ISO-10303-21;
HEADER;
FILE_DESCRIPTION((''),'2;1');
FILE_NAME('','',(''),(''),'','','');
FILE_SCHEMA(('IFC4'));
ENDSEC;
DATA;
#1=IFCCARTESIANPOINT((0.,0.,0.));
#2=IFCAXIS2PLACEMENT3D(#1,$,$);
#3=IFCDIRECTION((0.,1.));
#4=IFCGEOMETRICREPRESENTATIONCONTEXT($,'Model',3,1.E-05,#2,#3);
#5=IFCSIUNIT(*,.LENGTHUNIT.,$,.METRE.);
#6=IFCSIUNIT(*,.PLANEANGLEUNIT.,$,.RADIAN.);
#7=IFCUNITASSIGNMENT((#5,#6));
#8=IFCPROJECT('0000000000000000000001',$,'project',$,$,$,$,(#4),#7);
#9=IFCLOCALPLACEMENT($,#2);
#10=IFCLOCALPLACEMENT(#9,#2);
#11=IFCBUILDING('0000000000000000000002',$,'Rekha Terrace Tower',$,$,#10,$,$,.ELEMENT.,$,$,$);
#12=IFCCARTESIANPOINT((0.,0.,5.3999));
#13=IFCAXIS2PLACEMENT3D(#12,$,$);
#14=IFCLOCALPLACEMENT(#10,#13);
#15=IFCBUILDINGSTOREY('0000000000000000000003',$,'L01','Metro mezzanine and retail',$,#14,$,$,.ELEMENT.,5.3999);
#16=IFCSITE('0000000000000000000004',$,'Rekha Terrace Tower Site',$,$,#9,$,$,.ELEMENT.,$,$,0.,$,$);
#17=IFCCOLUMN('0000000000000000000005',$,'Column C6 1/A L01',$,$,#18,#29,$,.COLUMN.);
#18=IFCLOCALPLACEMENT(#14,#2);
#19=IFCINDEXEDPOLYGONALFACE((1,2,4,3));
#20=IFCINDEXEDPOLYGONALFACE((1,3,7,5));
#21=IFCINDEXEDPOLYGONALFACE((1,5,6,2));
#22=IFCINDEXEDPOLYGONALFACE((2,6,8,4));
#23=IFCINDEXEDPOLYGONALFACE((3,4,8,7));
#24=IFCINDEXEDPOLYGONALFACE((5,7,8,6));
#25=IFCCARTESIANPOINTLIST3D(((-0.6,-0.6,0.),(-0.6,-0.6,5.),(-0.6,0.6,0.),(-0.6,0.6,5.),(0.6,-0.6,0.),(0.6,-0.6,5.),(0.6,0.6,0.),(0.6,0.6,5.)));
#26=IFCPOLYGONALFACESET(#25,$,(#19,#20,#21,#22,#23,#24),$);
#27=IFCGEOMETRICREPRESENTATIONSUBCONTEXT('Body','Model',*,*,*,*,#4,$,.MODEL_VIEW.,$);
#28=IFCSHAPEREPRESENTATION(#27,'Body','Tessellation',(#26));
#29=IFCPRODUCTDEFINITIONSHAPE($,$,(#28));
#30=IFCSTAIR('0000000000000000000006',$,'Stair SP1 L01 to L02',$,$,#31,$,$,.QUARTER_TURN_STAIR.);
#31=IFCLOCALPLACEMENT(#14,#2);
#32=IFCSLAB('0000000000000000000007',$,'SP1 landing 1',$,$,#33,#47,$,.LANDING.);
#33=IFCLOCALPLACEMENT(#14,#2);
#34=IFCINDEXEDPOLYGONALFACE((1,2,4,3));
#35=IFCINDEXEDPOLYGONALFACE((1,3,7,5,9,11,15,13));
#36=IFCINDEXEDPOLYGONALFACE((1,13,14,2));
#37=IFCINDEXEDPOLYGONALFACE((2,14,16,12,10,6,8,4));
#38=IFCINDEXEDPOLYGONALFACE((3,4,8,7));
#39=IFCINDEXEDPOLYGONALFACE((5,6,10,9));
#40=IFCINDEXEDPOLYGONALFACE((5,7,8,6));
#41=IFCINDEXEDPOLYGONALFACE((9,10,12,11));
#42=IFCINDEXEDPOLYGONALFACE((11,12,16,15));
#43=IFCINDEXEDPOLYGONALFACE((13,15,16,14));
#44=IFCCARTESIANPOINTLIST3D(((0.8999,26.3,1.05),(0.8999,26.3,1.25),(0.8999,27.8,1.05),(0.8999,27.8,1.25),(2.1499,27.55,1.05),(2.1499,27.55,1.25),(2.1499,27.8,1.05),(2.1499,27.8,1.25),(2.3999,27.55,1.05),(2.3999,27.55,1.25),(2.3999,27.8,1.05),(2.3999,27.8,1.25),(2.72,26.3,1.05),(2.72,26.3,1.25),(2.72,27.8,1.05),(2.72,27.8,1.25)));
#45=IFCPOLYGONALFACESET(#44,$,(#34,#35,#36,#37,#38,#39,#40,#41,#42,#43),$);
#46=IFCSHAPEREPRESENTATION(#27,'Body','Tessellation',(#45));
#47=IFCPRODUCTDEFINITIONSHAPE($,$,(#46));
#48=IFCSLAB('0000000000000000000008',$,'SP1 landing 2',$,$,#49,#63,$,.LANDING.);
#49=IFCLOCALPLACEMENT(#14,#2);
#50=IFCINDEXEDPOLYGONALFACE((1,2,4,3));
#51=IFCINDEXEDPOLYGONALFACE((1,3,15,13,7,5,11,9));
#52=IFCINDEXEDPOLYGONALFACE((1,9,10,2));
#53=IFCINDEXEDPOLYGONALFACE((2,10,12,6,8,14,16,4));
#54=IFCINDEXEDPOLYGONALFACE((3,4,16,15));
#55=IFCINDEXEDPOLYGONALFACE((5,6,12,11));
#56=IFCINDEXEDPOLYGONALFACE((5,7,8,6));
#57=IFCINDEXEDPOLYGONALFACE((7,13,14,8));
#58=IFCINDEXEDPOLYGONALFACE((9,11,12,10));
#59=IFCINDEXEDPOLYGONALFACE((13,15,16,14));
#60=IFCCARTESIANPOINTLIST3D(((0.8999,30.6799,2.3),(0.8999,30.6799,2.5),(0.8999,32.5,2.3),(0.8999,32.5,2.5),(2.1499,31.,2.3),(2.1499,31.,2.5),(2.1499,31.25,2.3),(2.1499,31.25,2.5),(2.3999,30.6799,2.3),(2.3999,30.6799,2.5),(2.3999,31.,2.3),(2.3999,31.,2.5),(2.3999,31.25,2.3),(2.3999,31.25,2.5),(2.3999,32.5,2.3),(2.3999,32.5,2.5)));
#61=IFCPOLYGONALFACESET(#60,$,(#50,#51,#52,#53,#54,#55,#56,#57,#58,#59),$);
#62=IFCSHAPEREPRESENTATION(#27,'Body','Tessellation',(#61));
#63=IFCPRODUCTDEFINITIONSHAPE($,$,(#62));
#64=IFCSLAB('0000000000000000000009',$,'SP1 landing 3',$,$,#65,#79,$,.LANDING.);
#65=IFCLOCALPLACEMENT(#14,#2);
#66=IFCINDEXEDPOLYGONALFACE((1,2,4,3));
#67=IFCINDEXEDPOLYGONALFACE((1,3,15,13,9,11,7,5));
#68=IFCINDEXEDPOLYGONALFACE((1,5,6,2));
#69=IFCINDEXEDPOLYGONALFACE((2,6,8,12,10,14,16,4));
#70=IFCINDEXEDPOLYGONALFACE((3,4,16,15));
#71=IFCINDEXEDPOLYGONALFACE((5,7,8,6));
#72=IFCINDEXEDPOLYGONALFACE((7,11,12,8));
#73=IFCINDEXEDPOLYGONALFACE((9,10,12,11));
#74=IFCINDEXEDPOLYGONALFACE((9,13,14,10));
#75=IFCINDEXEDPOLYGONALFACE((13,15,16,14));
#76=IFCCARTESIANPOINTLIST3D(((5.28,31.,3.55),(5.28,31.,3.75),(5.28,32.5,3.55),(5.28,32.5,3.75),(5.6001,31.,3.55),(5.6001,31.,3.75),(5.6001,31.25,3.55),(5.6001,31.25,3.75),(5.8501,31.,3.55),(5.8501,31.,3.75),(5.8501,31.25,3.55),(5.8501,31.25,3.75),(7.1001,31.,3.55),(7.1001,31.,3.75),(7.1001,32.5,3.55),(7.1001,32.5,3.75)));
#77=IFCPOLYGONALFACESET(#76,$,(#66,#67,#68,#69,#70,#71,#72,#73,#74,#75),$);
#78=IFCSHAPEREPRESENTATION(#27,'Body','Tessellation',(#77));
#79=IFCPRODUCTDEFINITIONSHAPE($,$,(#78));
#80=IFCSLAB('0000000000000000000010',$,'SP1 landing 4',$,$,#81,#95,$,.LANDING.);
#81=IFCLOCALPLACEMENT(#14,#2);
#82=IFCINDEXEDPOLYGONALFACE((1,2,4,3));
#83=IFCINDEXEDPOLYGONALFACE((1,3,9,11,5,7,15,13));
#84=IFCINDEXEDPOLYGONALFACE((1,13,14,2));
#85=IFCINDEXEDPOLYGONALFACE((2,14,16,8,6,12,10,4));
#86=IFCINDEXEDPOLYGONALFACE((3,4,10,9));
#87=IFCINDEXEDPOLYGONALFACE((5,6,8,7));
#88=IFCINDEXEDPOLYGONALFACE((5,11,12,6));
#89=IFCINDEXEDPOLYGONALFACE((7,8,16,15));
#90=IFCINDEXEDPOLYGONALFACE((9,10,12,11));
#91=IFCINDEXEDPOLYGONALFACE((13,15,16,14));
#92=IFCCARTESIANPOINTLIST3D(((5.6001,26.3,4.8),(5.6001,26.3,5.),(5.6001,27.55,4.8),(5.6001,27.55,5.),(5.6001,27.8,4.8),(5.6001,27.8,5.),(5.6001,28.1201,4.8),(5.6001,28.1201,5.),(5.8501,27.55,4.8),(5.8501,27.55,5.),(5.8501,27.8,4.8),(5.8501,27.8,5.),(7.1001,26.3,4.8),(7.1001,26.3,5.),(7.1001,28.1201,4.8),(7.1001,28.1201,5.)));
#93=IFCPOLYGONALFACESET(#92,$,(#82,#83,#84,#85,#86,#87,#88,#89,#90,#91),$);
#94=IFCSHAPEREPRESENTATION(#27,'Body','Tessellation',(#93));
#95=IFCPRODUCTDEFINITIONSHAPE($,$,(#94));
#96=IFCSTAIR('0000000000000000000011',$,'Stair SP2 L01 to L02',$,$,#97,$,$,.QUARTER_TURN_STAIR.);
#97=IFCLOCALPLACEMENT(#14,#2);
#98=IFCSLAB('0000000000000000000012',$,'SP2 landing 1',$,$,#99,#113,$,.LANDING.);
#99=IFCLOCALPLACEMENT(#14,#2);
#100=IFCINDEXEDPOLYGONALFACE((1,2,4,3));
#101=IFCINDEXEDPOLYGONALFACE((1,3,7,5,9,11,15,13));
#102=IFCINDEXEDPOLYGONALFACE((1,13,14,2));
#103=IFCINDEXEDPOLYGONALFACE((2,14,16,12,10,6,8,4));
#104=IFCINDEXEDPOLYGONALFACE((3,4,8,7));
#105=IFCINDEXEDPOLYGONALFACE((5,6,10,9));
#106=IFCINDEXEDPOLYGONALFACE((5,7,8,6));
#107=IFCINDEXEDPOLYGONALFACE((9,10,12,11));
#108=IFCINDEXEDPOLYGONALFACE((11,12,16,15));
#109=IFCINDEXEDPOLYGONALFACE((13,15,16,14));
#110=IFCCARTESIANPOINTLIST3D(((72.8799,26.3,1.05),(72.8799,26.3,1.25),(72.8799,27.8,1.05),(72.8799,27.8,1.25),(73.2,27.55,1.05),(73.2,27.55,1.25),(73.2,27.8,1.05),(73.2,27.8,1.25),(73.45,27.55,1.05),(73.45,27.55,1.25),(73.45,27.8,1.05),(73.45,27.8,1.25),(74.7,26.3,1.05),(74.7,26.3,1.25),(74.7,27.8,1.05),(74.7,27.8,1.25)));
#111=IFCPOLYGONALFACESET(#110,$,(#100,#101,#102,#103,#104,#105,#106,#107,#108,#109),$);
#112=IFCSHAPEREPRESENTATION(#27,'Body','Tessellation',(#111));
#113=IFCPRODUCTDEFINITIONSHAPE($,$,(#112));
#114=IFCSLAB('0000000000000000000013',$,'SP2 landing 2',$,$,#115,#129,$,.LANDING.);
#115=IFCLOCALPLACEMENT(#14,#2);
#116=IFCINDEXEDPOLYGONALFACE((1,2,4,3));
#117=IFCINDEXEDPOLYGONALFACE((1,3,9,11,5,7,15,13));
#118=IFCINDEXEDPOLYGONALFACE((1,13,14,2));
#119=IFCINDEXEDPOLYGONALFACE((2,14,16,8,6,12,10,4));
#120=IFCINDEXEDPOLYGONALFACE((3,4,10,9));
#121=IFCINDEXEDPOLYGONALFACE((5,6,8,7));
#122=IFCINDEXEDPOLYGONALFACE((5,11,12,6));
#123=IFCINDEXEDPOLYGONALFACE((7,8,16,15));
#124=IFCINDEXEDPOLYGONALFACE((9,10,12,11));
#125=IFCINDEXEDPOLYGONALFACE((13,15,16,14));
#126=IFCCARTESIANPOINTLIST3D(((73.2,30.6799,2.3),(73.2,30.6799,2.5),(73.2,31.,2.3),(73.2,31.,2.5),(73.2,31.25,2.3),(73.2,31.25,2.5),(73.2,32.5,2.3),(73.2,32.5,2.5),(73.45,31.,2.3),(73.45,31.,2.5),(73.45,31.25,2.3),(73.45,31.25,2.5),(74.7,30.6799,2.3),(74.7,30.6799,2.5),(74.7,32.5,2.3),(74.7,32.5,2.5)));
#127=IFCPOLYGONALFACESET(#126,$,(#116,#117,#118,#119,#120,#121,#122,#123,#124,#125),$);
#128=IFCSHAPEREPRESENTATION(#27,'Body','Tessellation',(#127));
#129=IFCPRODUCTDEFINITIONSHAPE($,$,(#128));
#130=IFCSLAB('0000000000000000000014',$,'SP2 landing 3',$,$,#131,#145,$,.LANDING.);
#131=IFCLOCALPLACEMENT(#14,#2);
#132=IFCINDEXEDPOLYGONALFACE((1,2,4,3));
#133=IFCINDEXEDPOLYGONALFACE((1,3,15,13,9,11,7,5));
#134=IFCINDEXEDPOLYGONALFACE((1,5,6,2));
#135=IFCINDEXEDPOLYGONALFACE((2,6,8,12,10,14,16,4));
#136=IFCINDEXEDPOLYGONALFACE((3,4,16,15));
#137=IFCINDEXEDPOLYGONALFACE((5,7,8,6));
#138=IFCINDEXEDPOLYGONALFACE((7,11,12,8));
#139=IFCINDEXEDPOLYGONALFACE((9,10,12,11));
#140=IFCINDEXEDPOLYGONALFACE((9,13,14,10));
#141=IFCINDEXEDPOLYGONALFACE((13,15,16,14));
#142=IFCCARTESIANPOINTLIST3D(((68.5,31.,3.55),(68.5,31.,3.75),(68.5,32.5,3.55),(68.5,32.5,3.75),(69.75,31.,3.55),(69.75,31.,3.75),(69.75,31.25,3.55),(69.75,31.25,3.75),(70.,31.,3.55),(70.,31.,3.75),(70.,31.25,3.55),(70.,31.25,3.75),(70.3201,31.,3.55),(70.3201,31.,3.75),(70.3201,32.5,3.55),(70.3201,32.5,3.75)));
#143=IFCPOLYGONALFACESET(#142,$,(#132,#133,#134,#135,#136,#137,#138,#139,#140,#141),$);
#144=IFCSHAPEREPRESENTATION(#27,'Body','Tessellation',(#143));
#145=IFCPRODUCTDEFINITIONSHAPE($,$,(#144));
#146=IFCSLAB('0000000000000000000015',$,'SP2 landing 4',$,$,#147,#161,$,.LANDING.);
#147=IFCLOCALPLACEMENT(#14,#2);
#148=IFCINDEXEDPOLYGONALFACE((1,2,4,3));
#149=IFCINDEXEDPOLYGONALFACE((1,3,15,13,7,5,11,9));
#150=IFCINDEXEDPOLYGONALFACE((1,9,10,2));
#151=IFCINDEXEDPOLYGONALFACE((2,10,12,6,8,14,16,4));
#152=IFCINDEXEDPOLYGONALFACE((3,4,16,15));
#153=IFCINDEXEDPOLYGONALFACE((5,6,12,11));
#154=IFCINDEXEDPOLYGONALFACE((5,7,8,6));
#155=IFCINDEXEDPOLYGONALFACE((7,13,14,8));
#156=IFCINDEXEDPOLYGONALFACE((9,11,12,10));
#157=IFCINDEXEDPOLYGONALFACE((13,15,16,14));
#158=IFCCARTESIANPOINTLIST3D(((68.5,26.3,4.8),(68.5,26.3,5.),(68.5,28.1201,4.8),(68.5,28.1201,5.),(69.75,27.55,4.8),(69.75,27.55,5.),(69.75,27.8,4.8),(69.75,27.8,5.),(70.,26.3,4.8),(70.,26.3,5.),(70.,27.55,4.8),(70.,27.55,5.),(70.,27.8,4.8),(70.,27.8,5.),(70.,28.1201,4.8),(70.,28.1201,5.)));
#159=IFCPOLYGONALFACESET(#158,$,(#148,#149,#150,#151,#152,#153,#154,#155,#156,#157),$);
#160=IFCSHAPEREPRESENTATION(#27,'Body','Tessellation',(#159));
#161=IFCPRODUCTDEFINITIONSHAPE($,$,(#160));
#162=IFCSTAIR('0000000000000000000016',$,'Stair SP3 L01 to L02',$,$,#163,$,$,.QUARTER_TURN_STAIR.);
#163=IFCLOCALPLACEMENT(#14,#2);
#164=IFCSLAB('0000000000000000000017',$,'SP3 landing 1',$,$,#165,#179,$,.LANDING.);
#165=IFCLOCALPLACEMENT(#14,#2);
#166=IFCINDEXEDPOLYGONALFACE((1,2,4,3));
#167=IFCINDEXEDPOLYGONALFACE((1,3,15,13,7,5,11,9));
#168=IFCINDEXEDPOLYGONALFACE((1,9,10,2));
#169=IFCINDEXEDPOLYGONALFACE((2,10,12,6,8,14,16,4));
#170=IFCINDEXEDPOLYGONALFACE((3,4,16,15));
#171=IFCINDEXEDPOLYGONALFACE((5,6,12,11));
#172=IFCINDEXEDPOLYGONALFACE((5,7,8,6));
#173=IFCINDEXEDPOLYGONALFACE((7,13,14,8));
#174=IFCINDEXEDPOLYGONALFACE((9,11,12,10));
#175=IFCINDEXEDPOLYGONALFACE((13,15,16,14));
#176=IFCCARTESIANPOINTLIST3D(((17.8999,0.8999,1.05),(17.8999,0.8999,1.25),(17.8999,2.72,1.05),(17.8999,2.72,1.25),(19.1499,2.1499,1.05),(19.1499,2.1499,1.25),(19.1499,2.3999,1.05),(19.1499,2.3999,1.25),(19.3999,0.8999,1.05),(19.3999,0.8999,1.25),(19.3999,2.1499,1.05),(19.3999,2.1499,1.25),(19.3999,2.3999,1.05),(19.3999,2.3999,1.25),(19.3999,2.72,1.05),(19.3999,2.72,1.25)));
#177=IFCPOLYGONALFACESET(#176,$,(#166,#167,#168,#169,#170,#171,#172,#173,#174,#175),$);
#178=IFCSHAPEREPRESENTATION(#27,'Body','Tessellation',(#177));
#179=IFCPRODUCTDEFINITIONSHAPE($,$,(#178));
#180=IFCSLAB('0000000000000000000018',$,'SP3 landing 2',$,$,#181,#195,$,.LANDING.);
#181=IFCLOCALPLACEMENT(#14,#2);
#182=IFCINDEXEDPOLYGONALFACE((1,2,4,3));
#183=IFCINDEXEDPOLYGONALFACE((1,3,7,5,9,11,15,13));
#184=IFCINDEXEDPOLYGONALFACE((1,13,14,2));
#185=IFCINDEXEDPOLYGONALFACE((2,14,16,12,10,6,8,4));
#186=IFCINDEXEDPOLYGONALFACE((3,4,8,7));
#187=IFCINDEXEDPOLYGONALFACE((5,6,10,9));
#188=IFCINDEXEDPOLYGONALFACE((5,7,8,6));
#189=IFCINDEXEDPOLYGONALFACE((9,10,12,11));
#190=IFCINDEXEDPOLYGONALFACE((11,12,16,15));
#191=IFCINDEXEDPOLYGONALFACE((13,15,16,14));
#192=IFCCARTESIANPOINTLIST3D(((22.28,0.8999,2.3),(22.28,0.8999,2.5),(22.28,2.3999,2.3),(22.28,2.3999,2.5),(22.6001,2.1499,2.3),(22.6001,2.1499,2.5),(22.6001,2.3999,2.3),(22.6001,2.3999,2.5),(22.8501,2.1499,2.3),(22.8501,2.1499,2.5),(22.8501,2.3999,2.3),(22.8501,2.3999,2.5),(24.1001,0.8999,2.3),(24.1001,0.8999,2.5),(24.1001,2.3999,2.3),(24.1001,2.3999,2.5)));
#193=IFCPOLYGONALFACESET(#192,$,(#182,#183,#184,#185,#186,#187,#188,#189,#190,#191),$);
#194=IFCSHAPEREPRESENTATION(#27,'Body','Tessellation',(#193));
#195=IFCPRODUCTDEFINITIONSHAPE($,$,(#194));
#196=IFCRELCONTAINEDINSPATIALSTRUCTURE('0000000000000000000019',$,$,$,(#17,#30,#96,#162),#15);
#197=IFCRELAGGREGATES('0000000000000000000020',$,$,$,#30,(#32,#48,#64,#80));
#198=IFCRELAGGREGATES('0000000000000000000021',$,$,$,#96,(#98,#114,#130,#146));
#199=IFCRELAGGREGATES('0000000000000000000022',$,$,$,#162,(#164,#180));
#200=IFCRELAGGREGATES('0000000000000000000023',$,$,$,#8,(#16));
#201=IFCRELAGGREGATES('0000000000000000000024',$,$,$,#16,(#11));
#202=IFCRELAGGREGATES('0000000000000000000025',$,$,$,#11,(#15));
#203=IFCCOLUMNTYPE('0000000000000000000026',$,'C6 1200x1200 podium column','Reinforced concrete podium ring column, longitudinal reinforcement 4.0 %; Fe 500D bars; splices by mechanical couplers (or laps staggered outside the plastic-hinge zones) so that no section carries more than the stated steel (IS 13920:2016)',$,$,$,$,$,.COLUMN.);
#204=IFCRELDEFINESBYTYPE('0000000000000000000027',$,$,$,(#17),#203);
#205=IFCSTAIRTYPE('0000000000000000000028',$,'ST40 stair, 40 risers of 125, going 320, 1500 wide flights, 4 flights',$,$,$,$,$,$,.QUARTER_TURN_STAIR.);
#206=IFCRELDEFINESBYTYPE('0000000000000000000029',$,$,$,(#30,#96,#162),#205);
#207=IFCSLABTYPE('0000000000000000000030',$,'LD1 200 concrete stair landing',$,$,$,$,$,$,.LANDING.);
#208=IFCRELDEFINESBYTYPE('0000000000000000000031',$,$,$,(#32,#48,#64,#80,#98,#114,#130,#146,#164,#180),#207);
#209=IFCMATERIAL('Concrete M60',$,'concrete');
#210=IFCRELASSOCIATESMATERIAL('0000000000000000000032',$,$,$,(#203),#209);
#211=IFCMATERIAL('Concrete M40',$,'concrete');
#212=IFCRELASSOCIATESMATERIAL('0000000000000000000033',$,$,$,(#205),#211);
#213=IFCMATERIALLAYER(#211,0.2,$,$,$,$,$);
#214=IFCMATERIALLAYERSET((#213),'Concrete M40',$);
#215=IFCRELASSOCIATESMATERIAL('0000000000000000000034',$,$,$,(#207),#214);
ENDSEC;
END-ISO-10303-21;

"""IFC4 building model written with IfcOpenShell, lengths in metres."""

from ifc_helpers import new_model, si_unit, direction, frame, origin, origin_with_axes, origin_2d, place, context, subcontext, project, spatial, polyline, rectangle, outline, extrude, material, layer, layer_set, material_profile, profile_set, type_object, element, aggregate, save


model = new_model("IFC4")

# Units and contexts
model_context = context("Model", 3, precision=1e-05, world=origin(), true_north=direction((0.0, 1.0)))
body_context = subcontext(model_context, "Body", "Model", "MODEL_VIEW")
ifc_project = project(units=[si_unit("LENGTHUNIT", "METRE"), si_unit("PLANEANGLEUNIT", "RADIAN")], contexts=[model_context])

# Site, building, storey
site_placement = place(None, origin())
site = spatial("IfcSite", under=ifc_project, at=site_placement, Name="Rekha Terrace Tower Site", CompositionType="ELEMENT", RefElevation=0.0)
building_placement = place(site_placement, origin())
building = spatial("IfcBuilding", under=site, at=building_placement, Name="Rekha Terrace Tower", CompositionType="ELEMENT")
storey_placement = place(building_placement, frame((0.0, 0.0, 5.3999)))
storey = spatial("IfcBuildingStorey", under=building, at=storey_placement, Name="L01", Description="Metro mezzanine and retail", CompositionType="ELEMENT", Elevation=5.3999)

# Column
ifc_material_1 = material(Name="Concrete M60", Category="concrete")
ifc_material_profile = material_profile(ifc_material_1, rectangle(XDim=1.2, YDim=1.2, at=origin_2d()), Name="RC 1200x1200")
ifc_profile_set = profile_set([ifc_material_profile], Name="Concrete M60")
column_type = type_object("IfcColumnType", Name="C6 1200x1200 podium column", Description="Reinforced concrete podium ring column, longitudinal reinforcement 4.0 %; Fe 500D bars; splices by mechanical couplers (or laps staggered outside the plastic-hinge zones) so that no section carries more than the stated steel (IS 13920:2016)", PredefinedType="COLUMN", material=ifc_profile_set)
column_placement = place(storey_placement, origin_with_axes())
element("IfcColumn", 1, at=column_placement, inside=storey, type_object=column_type, Name="Column C6 1/A L01", PredefinedType="COLUMN", context=body_context, shape_type="SweptSolid", body=[
    extrude(rectangle(XDim=1.2, YDim=1.2, at=origin_2d()), origin(), (0.0, 0.0, 1.0), 5.0),
])

# Stairs, slabs
ifc_material_2 = material(Name="Concrete M40", Category="concrete")
stair_type_1 = type_object("IfcStairType", Name="ST40 stair, 40 risers of 125, going 320, 1500 wide flights, 4 flights", PredefinedType="QUARTER_TURN_STAIR", material=ifc_material_2)
stair_1_placement = place(storey_placement, origin())
stair_1 = element("IfcStair", 2, at=stair_1_placement, inside=storey, type_object=stair_type_1, Name="Stair SP1 L01 to L02", PredefinedType="QUARTER_TURN_STAIR")
ifc_layer_1 = layer(ifc_material_2, 0.2)
ifc_layer_set_1 = layer_set([ifc_layer_1], Name="Concrete M40")
slab_type_1 = type_object("IfcSlabType", Name="LD1 200 concrete stair landing", PredefinedType="LANDING", material=ifc_layer_set_1)
slab_1_placement = place(storey_placement, frame((0.0, 0.0, 1.05)))
slab_1 = element("IfcSlab", 3, at=slab_1_placement, type_object=slab_type_1, Name="SP1 landing 1", PredefinedType="LANDING", context=body_context, shape_type="SweptSolid", body=[
    extrude(outline(polyline([(0.8999, 27.8), (0.8999, 26.3), (2.72, 26.3), (2.72, 27.8), (2.3999, 27.8), (2.3999, 27.55), (2.1499, 27.55), (2.1499, 27.8), (0.8999, 27.8)])), origin(), (0.0, 0.0, 1.0), 0.2),
])
slab_2_placement = place(storey_placement, frame((0.0, 0.0, 2.3)))
slab_2 = element("IfcSlab", 4, at=slab_2_placement, type_object=slab_type_1, Name="SP1 landing 2", PredefinedType="LANDING", context=body_context, shape_type="SweptSolid", body=[
    extrude(outline(polyline([(2.3999, 32.5), (0.8999, 32.5), (0.8999, 30.6799), (2.3999, 30.6799), (2.3999, 31.0), (2.1499, 31.0), (2.1499, 31.25), (2.3999, 31.25), (2.3999, 32.5)])), origin(), (0.0, 0.0, 1.0), 0.2),
])
slab_3_placement = place(storey_placement, frame((0.0, 0.0, 3.55)))
slab_3 = element("IfcSlab", 5, at=slab_3_placement, type_object=slab_type_1, Name="SP1 landing 3", PredefinedType="LANDING", context=body_context, shape_type="SweptSolid", body=[
    extrude(outline(polyline([(7.1001, 31.0), (7.1001, 32.5), (5.28, 32.5), (5.28, 31.0), (5.6001, 31.0), (5.6001, 31.25), (5.8501, 31.25), (5.8501, 31.0), (7.1001, 31.0)])), origin(), (0.0, 0.0, 1.0), 0.2),
])
slab_4_placement = place(storey_placement, frame((0.0, 0.0, 4.8)))
slab_4 = element("IfcSlab", 6, at=slab_4_placement, type_object=slab_type_1, Name="SP1 landing 4", PredefinedType="LANDING", context=body_context, shape_type="SweptSolid", body=[
    extrude(outline(polyline([(5.6001, 26.3), (7.1001, 26.3), (7.1001, 28.1201), (5.6001, 28.1201), (5.6001, 27.8), (5.8501, 27.8), (5.8501, 27.55), (5.6001, 27.55), (5.6001, 26.3)])), origin(), (0.0, 0.0, 1.0), 0.2),
])
aggregate(stair_1, [slab_1, slab_2, slab_3, slab_4])
stair_2_placement = place(storey_placement, origin())
stair_2 = element("IfcStair", 7, at=stair_2_placement, inside=storey, type_object=stair_type_1, Name="Stair SP2 L01 to L02", PredefinedType="QUARTER_TURN_STAIR")
slab_5_placement = place(storey_placement, frame((0.0, 0.0, 1.05)))
slab_5 = element("IfcSlab", 8, at=slab_5_placement, type_object=slab_type_1, Name="SP2 landing 1", PredefinedType="LANDING", context=body_context, shape_type="SweptSolid", body=[
    extrude(outline(polyline([(74.7, 27.8), (74.7, 26.3), (72.8799, 26.3), (72.8799, 27.8), (73.2, 27.8), (73.2, 27.55), (73.45, 27.55), (73.45, 27.8), (74.7, 27.8)])), origin(), (0.0, 0.0, 1.0), 0.2),
])
slab_6_placement = place(storey_placement, frame((0.0, 0.0, 2.3)))
slab_6 = element("IfcSlab", 9, at=slab_6_placement, type_object=slab_type_1, Name="SP2 landing 2", PredefinedType="LANDING", context=body_context, shape_type="SweptSolid", body=[
    extrude(outline(polyline([(73.2, 32.5), (74.7, 32.5), (74.7, 30.6799), (73.2, 30.6799), (73.2, 31.0), (73.45, 31.0), (73.45, 31.25), (73.2, 31.25), (73.2, 32.5)])), origin(), (0.0, 0.0, 1.0), 0.2),
])
slab_7_placement = place(storey_placement, frame((0.0, 0.0, 3.55)))
slab_7 = element("IfcSlab", 10, at=slab_7_placement, type_object=slab_type_1, Name="SP2 landing 3", PredefinedType="LANDING", context=body_context, shape_type="SweptSolid", body=[
    extrude(outline(polyline([(68.5, 31.0), (68.5, 32.5), (70.3201, 32.5), (70.3201, 31.0), (70.0, 31.0), (70.0, 31.25), (69.75, 31.25), (69.75, 31.0), (68.5, 31.0)])), origin(), (0.0, 0.0, 1.0), 0.2),
])
slab_8_placement = place(storey_placement, frame((0.0, 0.0, 4.8)))
slab_8 = element("IfcSlab", 11, at=slab_8_placement, type_object=slab_type_1, Name="SP2 landing 4", PredefinedType="LANDING", context=body_context, shape_type="SweptSolid", body=[
    extrude(outline(polyline([(70.0, 26.3), (68.5, 26.3), (68.5, 28.1201), (70.0, 28.1201), (70.0, 27.8), (69.75, 27.8), (69.75, 27.55), (70.0, 27.55), (70.0, 26.3)])), origin(), (0.0, 0.0, 1.0), 0.2),
])
aggregate(stair_2, [slab_5, slab_6, slab_7, slab_8])
stair_3_placement = place(storey_placement, origin())
stair_3 = element("IfcStair", 12, at=stair_3_placement, inside=storey, type_object=stair_type_1, Name="Stair SP3 L01 to L02", PredefinedType="QUARTER_TURN_STAIR")
slab_9_placement = place(storey_placement, frame((0.0, 0.0, 1.05)))
slab_9 = element("IfcSlab", 13, at=slab_9_placement, type_object=slab_type_1, Name="SP3 landing 1", PredefinedType="LANDING", context=body_context, shape_type="SweptSolid", body=[
    extrude(outline(polyline([(19.3999, 0.8999), (17.8999, 0.8999), (17.8999, 2.72), (19.3999, 2.72), (19.3999, 2.3999), (19.1499, 2.3999), (19.1499, 2.1499), (19.3999, 2.1499), (19.3999, 0.8999)])), origin(), (0.0, 0.0, 1.0), 0.2),
])
slab_10_placement = place(storey_placement, frame((0.0, 0.0, 2.3)))
slab_10 = element("IfcSlab", 14, at=slab_10_placement, type_object=slab_type_1, Name="SP3 landing 2", PredefinedType="LANDING", context=body_context, shape_type="SweptSolid", body=[
    extrude(outline(polyline([(24.1001, 2.3999), (24.1001, 0.8999), (22.28, 0.8999), (22.28, 2.3999), (22.6001, 2.3999), (22.6001, 2.1499), (22.8501, 2.1499), (22.8501, 2.3999), (24.1001, 2.3999)])), origin(), (0.0, 0.0, 1.0), 0.2),
])
aggregate(stair_3, [slab_9, slab_10])

save(model, "model.ifc")
